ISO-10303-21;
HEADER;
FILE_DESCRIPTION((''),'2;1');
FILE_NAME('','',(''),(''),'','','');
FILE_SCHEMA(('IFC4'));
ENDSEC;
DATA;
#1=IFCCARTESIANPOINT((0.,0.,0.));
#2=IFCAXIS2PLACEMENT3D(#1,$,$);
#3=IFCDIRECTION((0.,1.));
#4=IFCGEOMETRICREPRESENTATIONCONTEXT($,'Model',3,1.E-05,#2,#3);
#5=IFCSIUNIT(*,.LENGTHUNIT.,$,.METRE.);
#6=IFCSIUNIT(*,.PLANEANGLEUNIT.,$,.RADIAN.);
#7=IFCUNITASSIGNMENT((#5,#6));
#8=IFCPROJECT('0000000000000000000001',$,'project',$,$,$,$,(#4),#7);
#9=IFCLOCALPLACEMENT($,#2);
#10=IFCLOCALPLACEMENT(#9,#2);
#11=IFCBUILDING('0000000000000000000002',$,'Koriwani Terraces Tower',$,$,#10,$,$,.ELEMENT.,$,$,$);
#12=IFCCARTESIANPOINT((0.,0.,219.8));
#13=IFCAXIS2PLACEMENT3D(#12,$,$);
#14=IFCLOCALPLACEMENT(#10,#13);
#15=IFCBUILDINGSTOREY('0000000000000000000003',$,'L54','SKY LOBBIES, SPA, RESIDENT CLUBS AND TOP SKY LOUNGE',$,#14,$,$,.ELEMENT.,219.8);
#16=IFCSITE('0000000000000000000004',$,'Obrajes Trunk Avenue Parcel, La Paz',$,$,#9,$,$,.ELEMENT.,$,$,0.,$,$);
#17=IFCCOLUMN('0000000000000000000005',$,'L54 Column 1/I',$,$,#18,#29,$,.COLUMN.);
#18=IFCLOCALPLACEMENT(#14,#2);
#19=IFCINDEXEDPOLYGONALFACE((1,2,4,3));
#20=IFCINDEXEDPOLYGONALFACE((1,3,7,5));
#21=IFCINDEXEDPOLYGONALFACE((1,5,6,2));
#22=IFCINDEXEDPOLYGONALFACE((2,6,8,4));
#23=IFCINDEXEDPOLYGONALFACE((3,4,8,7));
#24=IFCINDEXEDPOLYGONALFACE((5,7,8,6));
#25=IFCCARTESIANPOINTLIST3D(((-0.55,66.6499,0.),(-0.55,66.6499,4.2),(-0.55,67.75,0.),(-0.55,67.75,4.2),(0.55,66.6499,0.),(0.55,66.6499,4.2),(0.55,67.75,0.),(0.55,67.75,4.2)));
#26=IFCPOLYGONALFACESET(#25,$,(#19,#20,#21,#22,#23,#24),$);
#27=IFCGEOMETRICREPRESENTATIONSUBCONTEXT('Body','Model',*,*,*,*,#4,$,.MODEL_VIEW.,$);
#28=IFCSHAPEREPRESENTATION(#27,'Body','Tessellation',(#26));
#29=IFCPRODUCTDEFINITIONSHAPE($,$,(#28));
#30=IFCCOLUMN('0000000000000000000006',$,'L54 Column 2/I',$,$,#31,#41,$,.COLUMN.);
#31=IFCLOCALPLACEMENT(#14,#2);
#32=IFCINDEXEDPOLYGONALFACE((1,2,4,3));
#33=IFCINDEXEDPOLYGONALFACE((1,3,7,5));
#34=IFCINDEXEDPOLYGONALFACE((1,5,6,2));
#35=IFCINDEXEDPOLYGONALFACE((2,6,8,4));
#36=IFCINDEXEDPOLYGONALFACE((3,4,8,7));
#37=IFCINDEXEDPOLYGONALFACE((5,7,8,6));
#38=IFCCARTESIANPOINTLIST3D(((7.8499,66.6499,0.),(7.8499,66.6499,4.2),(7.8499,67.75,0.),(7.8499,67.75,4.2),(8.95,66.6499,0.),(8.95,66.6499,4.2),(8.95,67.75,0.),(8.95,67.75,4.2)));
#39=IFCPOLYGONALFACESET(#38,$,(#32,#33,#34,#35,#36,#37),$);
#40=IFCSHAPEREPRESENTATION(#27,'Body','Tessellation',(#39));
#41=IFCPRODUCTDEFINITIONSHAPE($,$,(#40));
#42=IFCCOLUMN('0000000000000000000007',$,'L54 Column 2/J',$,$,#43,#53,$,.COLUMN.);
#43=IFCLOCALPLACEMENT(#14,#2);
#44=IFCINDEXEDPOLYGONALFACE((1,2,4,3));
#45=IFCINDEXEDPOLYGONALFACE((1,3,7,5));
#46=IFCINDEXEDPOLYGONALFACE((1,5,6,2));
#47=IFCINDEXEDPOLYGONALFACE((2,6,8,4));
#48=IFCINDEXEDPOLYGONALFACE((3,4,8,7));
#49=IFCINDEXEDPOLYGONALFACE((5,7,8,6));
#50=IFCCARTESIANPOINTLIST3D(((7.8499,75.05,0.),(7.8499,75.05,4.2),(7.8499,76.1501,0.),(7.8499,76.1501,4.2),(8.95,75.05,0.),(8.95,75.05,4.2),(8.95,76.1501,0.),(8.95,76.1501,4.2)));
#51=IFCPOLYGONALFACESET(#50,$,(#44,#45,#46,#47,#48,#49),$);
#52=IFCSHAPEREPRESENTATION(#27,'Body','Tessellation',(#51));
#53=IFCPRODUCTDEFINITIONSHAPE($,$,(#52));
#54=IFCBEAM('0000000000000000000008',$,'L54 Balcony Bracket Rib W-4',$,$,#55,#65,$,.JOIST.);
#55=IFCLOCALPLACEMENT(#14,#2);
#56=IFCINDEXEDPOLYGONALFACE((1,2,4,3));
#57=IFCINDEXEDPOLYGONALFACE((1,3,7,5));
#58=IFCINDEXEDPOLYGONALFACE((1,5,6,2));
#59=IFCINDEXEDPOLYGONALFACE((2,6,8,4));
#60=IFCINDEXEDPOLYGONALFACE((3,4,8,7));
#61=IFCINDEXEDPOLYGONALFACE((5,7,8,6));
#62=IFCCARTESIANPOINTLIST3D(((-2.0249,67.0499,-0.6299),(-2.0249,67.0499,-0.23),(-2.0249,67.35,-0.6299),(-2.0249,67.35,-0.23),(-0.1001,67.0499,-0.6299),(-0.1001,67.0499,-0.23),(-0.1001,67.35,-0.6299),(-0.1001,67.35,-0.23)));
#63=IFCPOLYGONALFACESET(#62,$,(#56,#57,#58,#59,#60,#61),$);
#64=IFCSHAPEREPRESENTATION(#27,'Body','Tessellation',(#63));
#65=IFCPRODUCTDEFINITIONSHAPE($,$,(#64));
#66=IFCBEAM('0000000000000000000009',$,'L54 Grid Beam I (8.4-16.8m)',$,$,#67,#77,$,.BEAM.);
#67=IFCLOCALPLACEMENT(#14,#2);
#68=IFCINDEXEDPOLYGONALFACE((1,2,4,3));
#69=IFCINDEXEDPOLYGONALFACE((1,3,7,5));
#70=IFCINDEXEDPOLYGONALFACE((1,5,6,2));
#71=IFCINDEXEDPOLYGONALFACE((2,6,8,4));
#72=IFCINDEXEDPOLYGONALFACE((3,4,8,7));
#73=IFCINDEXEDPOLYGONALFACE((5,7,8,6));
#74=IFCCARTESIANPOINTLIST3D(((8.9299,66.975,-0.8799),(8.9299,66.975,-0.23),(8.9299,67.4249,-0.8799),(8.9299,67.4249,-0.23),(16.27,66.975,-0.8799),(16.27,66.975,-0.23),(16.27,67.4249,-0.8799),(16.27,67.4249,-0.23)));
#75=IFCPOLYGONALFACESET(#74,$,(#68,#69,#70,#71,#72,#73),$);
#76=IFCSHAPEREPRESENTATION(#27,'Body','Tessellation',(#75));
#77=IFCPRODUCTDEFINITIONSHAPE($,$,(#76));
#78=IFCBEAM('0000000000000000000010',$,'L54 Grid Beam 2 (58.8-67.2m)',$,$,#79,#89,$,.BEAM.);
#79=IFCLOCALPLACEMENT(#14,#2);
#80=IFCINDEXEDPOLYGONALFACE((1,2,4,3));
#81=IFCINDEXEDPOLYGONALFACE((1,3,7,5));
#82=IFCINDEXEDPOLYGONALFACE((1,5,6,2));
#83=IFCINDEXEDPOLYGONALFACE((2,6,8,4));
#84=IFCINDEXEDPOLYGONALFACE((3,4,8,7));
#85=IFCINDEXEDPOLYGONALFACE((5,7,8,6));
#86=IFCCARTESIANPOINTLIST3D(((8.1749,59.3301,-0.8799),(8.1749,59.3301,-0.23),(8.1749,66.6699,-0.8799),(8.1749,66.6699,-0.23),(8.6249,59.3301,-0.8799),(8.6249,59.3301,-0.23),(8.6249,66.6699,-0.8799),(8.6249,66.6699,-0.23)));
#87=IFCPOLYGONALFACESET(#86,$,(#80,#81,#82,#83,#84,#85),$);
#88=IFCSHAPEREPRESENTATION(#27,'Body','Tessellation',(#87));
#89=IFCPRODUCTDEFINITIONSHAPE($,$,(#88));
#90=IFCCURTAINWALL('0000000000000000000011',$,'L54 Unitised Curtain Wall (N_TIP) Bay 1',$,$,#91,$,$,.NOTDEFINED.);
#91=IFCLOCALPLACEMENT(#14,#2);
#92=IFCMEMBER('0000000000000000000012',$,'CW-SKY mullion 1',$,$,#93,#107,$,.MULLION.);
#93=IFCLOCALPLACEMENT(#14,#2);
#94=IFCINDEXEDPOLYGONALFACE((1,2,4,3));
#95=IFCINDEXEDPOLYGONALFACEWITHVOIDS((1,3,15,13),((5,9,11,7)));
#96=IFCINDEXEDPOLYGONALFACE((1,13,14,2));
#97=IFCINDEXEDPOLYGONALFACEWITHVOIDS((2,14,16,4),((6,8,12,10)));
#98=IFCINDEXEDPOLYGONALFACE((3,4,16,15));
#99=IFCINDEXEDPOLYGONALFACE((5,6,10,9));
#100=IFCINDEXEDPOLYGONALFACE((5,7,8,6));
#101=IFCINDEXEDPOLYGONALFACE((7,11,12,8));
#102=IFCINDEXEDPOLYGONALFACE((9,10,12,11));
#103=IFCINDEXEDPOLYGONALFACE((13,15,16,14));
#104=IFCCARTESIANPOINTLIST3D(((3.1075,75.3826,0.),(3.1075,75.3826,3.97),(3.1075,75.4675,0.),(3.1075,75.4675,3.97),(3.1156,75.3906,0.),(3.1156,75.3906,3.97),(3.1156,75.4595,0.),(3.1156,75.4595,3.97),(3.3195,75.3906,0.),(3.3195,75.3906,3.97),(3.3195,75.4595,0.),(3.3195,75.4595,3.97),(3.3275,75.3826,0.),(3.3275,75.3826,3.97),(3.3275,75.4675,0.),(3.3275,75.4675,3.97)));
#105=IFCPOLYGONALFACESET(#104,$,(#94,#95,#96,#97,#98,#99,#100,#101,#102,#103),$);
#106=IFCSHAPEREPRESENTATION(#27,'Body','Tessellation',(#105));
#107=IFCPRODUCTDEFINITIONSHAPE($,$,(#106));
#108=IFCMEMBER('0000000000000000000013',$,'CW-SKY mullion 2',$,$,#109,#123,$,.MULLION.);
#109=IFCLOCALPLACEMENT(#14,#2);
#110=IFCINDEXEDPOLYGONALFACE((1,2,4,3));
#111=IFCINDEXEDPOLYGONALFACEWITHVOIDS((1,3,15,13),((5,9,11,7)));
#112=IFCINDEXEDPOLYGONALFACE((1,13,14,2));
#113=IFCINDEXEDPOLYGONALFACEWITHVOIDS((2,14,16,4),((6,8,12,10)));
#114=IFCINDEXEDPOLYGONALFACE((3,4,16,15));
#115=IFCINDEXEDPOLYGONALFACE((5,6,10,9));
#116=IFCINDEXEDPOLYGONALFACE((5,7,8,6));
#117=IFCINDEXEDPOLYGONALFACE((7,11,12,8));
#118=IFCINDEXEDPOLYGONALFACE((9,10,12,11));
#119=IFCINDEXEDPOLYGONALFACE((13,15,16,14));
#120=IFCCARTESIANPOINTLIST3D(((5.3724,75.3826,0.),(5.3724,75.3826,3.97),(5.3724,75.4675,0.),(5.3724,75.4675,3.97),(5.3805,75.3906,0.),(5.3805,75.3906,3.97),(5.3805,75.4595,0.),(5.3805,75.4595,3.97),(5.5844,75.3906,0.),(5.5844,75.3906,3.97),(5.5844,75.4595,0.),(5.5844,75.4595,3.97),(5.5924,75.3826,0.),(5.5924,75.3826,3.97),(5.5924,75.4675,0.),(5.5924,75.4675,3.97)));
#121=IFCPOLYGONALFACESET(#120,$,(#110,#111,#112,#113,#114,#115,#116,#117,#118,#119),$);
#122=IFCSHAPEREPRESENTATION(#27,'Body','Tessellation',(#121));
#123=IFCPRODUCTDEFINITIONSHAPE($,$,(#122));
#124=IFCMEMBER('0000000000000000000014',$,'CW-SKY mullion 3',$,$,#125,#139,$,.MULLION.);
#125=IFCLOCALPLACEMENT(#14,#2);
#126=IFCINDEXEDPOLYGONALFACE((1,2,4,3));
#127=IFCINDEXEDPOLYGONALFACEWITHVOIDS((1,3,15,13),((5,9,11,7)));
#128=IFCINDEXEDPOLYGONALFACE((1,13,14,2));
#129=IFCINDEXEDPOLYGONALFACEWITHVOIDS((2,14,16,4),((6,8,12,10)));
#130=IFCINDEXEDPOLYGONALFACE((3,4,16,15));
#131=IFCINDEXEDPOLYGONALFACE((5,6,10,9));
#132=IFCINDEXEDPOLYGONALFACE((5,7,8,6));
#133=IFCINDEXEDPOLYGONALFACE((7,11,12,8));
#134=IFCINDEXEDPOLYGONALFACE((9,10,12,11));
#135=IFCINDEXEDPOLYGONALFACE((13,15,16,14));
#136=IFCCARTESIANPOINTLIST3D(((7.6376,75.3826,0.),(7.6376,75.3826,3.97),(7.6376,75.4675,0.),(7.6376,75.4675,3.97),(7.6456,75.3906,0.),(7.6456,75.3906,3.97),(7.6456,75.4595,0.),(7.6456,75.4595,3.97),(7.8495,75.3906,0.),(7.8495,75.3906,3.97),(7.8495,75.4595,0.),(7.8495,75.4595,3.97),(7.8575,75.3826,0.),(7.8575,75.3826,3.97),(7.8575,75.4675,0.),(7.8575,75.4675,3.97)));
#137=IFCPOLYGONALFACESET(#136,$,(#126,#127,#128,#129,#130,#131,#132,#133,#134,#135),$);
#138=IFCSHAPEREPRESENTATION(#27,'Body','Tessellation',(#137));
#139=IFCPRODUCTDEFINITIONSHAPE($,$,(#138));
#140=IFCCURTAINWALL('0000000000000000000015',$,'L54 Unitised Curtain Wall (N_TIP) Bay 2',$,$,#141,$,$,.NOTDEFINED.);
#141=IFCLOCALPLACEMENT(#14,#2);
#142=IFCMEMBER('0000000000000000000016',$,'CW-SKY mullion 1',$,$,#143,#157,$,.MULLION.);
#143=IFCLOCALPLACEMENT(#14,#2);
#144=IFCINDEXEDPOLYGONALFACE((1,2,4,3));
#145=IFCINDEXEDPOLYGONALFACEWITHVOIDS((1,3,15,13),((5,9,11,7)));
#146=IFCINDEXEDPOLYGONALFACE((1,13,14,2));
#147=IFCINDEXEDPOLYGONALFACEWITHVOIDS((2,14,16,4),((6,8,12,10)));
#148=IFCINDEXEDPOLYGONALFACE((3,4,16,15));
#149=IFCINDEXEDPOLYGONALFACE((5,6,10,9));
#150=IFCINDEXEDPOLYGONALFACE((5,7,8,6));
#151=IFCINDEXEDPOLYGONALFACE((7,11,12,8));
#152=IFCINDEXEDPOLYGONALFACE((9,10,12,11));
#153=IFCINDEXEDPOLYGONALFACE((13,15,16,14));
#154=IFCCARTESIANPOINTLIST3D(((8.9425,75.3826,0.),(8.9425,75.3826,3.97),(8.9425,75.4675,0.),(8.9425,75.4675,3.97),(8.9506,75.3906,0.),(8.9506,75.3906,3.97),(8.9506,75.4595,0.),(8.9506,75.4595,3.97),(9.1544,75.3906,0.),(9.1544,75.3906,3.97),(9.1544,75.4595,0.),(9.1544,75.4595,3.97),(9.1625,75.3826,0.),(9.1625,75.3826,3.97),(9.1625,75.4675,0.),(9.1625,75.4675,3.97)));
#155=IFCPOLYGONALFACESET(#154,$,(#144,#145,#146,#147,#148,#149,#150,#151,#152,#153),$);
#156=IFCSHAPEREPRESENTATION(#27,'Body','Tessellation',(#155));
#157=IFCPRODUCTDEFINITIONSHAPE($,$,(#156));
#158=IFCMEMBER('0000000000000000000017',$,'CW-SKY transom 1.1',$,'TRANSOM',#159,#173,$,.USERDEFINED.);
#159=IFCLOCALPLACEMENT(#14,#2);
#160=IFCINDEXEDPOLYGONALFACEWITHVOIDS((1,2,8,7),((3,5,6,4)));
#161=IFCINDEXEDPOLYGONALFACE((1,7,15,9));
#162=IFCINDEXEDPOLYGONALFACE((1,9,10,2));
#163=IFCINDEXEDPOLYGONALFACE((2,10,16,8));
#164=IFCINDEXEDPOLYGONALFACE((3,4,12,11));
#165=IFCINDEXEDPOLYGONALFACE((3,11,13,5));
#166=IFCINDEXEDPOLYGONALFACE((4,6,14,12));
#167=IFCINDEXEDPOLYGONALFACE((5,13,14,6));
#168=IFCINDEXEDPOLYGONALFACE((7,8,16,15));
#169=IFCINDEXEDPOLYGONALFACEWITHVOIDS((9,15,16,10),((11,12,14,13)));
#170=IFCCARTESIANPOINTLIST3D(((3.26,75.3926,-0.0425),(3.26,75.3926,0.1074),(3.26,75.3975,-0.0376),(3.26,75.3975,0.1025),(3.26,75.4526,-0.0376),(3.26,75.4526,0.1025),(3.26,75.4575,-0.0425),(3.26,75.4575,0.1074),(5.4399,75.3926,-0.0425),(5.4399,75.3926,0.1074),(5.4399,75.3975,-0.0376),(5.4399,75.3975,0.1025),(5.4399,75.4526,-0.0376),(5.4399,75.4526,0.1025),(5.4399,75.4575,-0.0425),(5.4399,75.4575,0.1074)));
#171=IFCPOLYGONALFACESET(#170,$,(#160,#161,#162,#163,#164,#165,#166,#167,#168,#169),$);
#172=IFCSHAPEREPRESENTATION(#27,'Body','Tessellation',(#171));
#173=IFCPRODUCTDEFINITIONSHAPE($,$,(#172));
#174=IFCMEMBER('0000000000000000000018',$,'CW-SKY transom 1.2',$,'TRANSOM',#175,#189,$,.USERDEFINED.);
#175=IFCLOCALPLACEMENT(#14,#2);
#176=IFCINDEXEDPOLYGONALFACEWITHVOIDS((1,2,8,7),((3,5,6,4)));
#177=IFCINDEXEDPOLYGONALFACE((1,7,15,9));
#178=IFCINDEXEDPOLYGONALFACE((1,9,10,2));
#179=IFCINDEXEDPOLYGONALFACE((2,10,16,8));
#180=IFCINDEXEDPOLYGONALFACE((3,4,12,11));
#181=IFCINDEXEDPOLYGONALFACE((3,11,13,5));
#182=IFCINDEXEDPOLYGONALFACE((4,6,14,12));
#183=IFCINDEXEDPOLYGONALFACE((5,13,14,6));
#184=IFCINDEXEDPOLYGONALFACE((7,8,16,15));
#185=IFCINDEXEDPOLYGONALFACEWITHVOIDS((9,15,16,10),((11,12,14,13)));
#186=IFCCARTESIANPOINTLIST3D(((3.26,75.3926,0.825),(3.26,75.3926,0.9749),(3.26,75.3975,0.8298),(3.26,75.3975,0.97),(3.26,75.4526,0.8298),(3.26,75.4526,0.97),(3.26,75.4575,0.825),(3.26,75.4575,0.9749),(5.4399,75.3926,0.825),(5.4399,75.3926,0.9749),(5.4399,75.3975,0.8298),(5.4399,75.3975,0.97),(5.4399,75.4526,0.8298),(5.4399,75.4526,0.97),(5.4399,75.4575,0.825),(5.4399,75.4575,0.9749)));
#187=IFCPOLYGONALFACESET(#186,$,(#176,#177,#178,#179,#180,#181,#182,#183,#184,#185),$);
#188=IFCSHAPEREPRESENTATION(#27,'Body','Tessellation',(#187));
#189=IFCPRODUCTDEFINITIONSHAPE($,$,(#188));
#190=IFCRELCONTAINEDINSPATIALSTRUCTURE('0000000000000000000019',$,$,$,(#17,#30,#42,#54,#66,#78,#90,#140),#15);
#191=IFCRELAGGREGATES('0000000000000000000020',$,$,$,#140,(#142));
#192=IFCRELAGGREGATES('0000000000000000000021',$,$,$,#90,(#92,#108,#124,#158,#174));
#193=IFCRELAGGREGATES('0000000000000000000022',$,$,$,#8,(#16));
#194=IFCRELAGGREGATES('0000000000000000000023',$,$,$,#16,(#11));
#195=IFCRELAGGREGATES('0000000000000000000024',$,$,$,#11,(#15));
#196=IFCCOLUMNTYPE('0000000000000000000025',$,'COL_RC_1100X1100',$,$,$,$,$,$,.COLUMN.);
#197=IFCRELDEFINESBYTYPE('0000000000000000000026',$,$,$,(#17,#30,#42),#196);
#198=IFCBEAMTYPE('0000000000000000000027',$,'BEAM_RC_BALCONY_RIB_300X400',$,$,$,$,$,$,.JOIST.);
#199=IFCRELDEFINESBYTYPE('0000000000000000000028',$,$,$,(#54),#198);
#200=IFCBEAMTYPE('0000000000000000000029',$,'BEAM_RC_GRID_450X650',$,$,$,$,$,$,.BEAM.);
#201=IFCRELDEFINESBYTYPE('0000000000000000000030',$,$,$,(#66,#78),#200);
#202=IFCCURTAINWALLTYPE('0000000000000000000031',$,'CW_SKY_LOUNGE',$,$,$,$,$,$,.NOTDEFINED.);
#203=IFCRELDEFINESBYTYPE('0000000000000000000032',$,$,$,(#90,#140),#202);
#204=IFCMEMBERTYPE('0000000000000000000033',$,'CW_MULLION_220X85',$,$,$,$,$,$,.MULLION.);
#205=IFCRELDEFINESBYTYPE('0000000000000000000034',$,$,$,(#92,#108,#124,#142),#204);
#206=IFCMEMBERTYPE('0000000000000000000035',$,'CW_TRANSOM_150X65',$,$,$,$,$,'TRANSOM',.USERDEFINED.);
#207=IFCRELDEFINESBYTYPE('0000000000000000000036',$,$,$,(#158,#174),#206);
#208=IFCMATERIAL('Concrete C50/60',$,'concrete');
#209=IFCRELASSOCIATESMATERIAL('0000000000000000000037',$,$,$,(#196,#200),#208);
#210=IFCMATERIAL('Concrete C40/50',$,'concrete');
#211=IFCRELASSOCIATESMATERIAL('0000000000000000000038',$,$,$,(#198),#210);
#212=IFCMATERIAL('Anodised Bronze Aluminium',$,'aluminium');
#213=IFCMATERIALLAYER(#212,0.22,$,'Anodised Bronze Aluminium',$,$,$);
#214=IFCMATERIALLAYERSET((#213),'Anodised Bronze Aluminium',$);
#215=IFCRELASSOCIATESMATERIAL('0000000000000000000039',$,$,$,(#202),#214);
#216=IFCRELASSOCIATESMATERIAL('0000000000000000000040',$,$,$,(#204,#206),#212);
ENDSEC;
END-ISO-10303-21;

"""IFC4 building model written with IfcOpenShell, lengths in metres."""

from ifc_helpers import new_model, si_unit, direction, frame, origin, origin_2d, place, context, subcontext, project, spatial, rectangle, hollow_rectangle, extrude, material, layer, layer_set, material_profile, profile_set, type_object, element, aggregate, save


model = new_model("IFC4")

# Units and contexts
model_context = context("Model", 3, precision=1e-05, world=origin(), true_north=direction((0.0, 1.0)))
body_context = subcontext(model_context, "Body", "Model", "MODEL_VIEW")
ifc_project = project(units=[si_unit("LENGTHUNIT", "METRE"), si_unit("PLANEANGLEUNIT", "RADIAN")], contexts=[model_context])

# Site, building, storey
site_placement = place(None, origin())
site = spatial("IfcSite", under=ifc_project, at=site_placement, Name="Obrajes Trunk Avenue Parcel, La Paz", CompositionType="ELEMENT", RefElevation=0.0)
building_placement = place(site_placement, origin())
building = spatial("IfcBuilding", under=site, at=building_placement, Name="Koriwani Terraces Tower", CompositionType="ELEMENT")
storey_placement = place(building_placement, frame((0.0, 0.0, 219.8)))
storey = spatial("IfcBuildingStorey", under=building, at=storey_placement, Name="L54", Description="SKY LOBBIES, SPA, RESIDENT CLUBS AND TOP SKY LOUNGE", CompositionType="ELEMENT", Elevation=219.8)

# Columns
ifc_material_1 = material(Name="Concrete C50/60", Category="concrete")
ifc_material_profile_1 = material_profile(ifc_material_1, rectangle(XDim=1.1001, YDim=1.1001, at=origin_2d()), Name="Concrete C50/60", Category="LoadBearing")
ifc_profile_set_1 = profile_set([ifc_material_profile_1], Name="Concrete C50/60")
column_type = type_object("IfcColumnType", Name="COL_RC_1100X1100", PredefinedType="COLUMN", material=ifc_profile_set_1)
for number, where, z_axis, x_axis, name in (
    (1, (0.0, 67.2, 0.0), (0.0, 0.0, 1.0), (1.0, 0.0, 0.0), "L54 Column 1/I"),
    (2, (8.3999, 67.2, 0.0), (0.0, 0.0, 1.0), (1.0, 0.0, 0.0), "L54 Column 2/I"),
    (3, (8.3999, 75.6001, 0.0), (0.0, 0.0, 1.0), (1.0, 0.0, 0.0), "L54 Column 2/J"),
):
    element("IfcColumn", number, at=place(storey_placement, frame(where, z_axis=z_axis, x_axis=x_axis)), inside=storey, type_object=column_type, Name=name, PredefinedType="COLUMN", context=body_context, shape_type="SweptSolid", body=[
        extrude(rectangle(XDim=1.1001, YDim=1.1001, at=origin_2d()), origin(), (0.0, 0.0, 1.0), 4.2),
    ])

# Beams
ifc_material_2 = material(Name="Concrete C40/50", Category="concrete")
ifc_material_profile_2 = material_profile(ifc_material_2, rectangle(XDim=0.3, YDim=0.3999, at=origin_2d()), Name="Concrete C40/50", Category="LoadBearing")
ifc_profile_set_2 = profile_set([ifc_material_profile_2], Name="Concrete C40/50")
beam_type_1 = type_object("IfcBeamType", Name="BEAM_RC_BALCONY_RIB_300X400", PredefinedType="JOIST", material=ifc_profile_set_2)
beam_1_placement = place(storey_placement, frame((-2.0249, 67.2, -0.4299), z_axis=(1.0, 0.0, 0.0), x_axis=(0.0, 1.0, 0.0)))
element("IfcBeam", 4, at=beam_1_placement, inside=storey, type_object=beam_type_1, Name="L54 Balcony Bracket Rib W-4", PredefinedType="JOIST", context=body_context, shape_type="SweptSolid", body=[
    extrude(rectangle(XDim=0.3, YDim=0.3999, at=origin_2d()), origin(), (0.0, 0.0, 1.0), 1.9248),
])
ifc_material_profile_3 = material_profile(ifc_material_1, rectangle(XDim=0.45, YDim=0.6499, at=origin_2d()), Name="Concrete C50/60", Category="LoadBearing")
ifc_profile_set_3 = profile_set([ifc_material_profile_3], Name="Concrete C50/60")
beam_type_2 = type_object("IfcBeamType", Name="BEAM_RC_GRID_450X650", PredefinedType="BEAM", material=ifc_profile_set_3)
beam_2_placement = place(storey_placement, frame((8.9299, 67.2, -0.5549), z_axis=(1.0, 0.0, 0.0), x_axis=(0.0, 1.0, 0.0)))
element("IfcBeam", 5, at=beam_2_placement, inside=storey, type_object=beam_type_2, Name="L54 Grid Beam I (8.4-16.8m)", PredefinedType="BEAM", context=body_context, shape_type="SweptSolid", body=[
    extrude(rectangle(XDim=0.45, YDim=0.6499, at=origin_2d()), origin(), (0.0, 0.0, 1.0), 7.3401),
])
beam_3_placement = place(storey_placement, frame((8.3999, 59.3301, -0.5549), z_axis=(0.0, 1.0, 0.0), x_axis=(-1.0, 0.0, 0.0)))
element("IfcBeam", 6, at=beam_3_placement, inside=storey, type_object=beam_type_2, Name="L54 Grid Beam 2 (58.8-67.2m)", PredefinedType="BEAM", context=body_context, shape_type="SweptSolid", body=[
    extrude(rectangle(XDim=0.45, YDim=0.6499, at=origin_2d()), origin(), (0.0, 0.0, 1.0), 7.3398),
])

# Curtain wall, members
ifc_material_3 = material(Name="Anodised Bronze Aluminium", Category="aluminium")
ifc_layer_1 = layer(ifc_material_3, 0.22, Name="Anodised Bronze Aluminium")
ifc_layer_set_1 = layer_set([ifc_layer_1], Name="Anodised Bronze Aluminium")
curtain_wall_type = type_object("IfcCurtainWallType", Name="CW_SKY_LOUNGE", PredefinedType="NOTDEFINED", material=ifc_layer_set_1)
curtain_wall_1_placement = place(storey_placement, origin())
curtain_wall_1 = element("IfcCurtainWall", 7, at=curtain_wall_1_placement, inside=storey, type_object=curtain_wall_type, Name="L54 Unitised Curtain Wall (N_TIP) Bay 1", PredefinedType="NOTDEFINED")
ifc_material_profile_4 = material_profile(ifc_material_3, hollow_rectangle(XDim=0.085, YDim=0.22, WallThickness=0.0081, at=origin_2d()), Name="Anodised Bronze Aluminium", Category="LoadBearing")
ifc_profile_set_4 = profile_set([ifc_material_profile_4], Name="Anodised Bronze Aluminium")
member_type_1 = type_object("IfcMemberType", Name="CW_MULLION_220X85", PredefinedType="MULLION", material=ifc_profile_set_4)
member_1_placement = place(storey_placement, frame((3.2175, 75.425, 0.0), z_axis=(0.0, 0.0, 1.0), x_axis=(0.0, 1.0, 0.0)))
member_1 = element("IfcMember", 8, at=member_1_placement, type_object=member_type_1, Name="CW-SKY mullion 1", PredefinedType="MULLION", context=body_context, shape_type="SweptSolid", body=[
    extrude(hollow_rectangle(XDim=0.085, YDim=0.22, WallThickness=0.0081, at=origin_2d()), origin(), (0.0, 0.0, 1.0), 3.97),
])
member_2_placement = place(storey_placement, frame((5.4824, 75.425, 0.0), z_axis=(0.0, 0.0, 1.0), x_axis=(0.0, 1.0, 0.0)))
member_2 = element("IfcMember", 9, at=member_2_placement, type_object=member_type_1, Name="CW-SKY mullion 2", PredefinedType="MULLION", context=body_context, shape_type="SweptSolid", body=[
    extrude(hollow_rectangle(XDim=0.085, YDim=0.22, WallThickness=0.0081, at=origin_2d()), origin(), (0.0, 0.0, 1.0), 3.97),
])
member_3_placement = place(storey_placement, frame((7.7476, 75.425, 0.0), z_axis=(0.0, 0.0, 1.0), x_axis=(0.0, 1.0, 0.0)))
member_3 = element("IfcMember", 10, at=member_3_placement, type_object=member_type_1, Name="CW-SKY mullion 3", PredefinedType="MULLION", context=body_context, shape_type="SweptSolid", body=[
    extrude(hollow_rectangle(XDim=0.085, YDim=0.22, WallThickness=0.0081, at=origin_2d()), origin(), (0.0, 0.0, 1.0), 3.97),
])

# Curtain wall, member
curtain_wall_2_placement = place(storey_placement, origin())
curtain_wall_2 = element("IfcCurtainWall", 11, at=curtain_wall_2_placement, inside=storey, type_object=curtain_wall_type, Name="L54 Unitised Curtain Wall (N_TIP) Bay 2", PredefinedType="NOTDEFINED")
member_4_placement = place(storey_placement, frame((9.0525, 75.425, 0.0), z_axis=(0.0, 0.0, 1.0), x_axis=(0.0, 1.0, 0.0)))
member_4 = element("IfcMember", 12, at=member_4_placement, type_object=member_type_1, Name="CW-SKY mullion 1", PredefinedType="MULLION", context=body_context, shape_type="SweptSolid", body=[
    extrude(hollow_rectangle(XDim=0.085, YDim=0.22, WallThickness=0.0081, at=origin_2d()), origin(), (0.0, 0.0, 1.0), 3.97),
])

# Members
ifc_material_profile_5 = material_profile(ifc_material_3, hollow_rectangle(XDim=0.0649, YDim=0.1499, WallThickness=0.0049, at=origin_2d()), Name="Anodised Bronze Aluminium", Category="LoadBearing")
ifc_profile_set_5 = profile_set([ifc_material_profile_5], Name="Anodised Bronze Aluminium")
member_type_2 = type_object("IfcMemberType", Name="CW_TRANSOM_150X65", ElementType="TRANSOM", PredefinedType="USERDEFINED", material=ifc_profile_set_5)
member_5_placement = place(storey_placement, frame((3.26, 75.425, 0.0325), z_axis=(1.0, 0.0, 0.0), x_axis=(0.0, 1.0, 0.0)))
member_5 = element("IfcMember", 13, at=member_5_placement, type_object=member_type_2, Name="CW-SKY transom 1.1", ObjectType="TRANSOM", PredefinedType="USERDEFINED", context=body_context, shape_type="SweptSolid", body=[
    extrude(hollow_rectangle(XDim=0.0649, YDim=0.1499, WallThickness=0.0049, at=origin_2d()), origin(), (0.0, 0.0, 1.0), 2.1799),
])
member_6_placement = place(storey_placement, frame((3.26, 75.425, 0.8999), z_axis=(1.0, 0.0, 0.0), x_axis=(0.0, 1.0, 0.0)))
member_6 = element("IfcMember", 14, at=member_6_placement, type_object=member_type_2, Name="CW-SKY transom 1.2", ObjectType="TRANSOM", PredefinedType="USERDEFINED", context=body_context, shape_type="SweptSolid", body=[
    extrude(hollow_rectangle(XDim=0.0649, YDim=0.1499, WallThickness=0.0049, at=origin_2d()), origin(), (0.0, 0.0, 1.0), 2.1799),
])
aggregate(curtain_wall_2, [member_4])

aggregate(curtain_wall_1, [member_1, member_2, member_3, member_5, member_6])

save(model, "model.ifc")
